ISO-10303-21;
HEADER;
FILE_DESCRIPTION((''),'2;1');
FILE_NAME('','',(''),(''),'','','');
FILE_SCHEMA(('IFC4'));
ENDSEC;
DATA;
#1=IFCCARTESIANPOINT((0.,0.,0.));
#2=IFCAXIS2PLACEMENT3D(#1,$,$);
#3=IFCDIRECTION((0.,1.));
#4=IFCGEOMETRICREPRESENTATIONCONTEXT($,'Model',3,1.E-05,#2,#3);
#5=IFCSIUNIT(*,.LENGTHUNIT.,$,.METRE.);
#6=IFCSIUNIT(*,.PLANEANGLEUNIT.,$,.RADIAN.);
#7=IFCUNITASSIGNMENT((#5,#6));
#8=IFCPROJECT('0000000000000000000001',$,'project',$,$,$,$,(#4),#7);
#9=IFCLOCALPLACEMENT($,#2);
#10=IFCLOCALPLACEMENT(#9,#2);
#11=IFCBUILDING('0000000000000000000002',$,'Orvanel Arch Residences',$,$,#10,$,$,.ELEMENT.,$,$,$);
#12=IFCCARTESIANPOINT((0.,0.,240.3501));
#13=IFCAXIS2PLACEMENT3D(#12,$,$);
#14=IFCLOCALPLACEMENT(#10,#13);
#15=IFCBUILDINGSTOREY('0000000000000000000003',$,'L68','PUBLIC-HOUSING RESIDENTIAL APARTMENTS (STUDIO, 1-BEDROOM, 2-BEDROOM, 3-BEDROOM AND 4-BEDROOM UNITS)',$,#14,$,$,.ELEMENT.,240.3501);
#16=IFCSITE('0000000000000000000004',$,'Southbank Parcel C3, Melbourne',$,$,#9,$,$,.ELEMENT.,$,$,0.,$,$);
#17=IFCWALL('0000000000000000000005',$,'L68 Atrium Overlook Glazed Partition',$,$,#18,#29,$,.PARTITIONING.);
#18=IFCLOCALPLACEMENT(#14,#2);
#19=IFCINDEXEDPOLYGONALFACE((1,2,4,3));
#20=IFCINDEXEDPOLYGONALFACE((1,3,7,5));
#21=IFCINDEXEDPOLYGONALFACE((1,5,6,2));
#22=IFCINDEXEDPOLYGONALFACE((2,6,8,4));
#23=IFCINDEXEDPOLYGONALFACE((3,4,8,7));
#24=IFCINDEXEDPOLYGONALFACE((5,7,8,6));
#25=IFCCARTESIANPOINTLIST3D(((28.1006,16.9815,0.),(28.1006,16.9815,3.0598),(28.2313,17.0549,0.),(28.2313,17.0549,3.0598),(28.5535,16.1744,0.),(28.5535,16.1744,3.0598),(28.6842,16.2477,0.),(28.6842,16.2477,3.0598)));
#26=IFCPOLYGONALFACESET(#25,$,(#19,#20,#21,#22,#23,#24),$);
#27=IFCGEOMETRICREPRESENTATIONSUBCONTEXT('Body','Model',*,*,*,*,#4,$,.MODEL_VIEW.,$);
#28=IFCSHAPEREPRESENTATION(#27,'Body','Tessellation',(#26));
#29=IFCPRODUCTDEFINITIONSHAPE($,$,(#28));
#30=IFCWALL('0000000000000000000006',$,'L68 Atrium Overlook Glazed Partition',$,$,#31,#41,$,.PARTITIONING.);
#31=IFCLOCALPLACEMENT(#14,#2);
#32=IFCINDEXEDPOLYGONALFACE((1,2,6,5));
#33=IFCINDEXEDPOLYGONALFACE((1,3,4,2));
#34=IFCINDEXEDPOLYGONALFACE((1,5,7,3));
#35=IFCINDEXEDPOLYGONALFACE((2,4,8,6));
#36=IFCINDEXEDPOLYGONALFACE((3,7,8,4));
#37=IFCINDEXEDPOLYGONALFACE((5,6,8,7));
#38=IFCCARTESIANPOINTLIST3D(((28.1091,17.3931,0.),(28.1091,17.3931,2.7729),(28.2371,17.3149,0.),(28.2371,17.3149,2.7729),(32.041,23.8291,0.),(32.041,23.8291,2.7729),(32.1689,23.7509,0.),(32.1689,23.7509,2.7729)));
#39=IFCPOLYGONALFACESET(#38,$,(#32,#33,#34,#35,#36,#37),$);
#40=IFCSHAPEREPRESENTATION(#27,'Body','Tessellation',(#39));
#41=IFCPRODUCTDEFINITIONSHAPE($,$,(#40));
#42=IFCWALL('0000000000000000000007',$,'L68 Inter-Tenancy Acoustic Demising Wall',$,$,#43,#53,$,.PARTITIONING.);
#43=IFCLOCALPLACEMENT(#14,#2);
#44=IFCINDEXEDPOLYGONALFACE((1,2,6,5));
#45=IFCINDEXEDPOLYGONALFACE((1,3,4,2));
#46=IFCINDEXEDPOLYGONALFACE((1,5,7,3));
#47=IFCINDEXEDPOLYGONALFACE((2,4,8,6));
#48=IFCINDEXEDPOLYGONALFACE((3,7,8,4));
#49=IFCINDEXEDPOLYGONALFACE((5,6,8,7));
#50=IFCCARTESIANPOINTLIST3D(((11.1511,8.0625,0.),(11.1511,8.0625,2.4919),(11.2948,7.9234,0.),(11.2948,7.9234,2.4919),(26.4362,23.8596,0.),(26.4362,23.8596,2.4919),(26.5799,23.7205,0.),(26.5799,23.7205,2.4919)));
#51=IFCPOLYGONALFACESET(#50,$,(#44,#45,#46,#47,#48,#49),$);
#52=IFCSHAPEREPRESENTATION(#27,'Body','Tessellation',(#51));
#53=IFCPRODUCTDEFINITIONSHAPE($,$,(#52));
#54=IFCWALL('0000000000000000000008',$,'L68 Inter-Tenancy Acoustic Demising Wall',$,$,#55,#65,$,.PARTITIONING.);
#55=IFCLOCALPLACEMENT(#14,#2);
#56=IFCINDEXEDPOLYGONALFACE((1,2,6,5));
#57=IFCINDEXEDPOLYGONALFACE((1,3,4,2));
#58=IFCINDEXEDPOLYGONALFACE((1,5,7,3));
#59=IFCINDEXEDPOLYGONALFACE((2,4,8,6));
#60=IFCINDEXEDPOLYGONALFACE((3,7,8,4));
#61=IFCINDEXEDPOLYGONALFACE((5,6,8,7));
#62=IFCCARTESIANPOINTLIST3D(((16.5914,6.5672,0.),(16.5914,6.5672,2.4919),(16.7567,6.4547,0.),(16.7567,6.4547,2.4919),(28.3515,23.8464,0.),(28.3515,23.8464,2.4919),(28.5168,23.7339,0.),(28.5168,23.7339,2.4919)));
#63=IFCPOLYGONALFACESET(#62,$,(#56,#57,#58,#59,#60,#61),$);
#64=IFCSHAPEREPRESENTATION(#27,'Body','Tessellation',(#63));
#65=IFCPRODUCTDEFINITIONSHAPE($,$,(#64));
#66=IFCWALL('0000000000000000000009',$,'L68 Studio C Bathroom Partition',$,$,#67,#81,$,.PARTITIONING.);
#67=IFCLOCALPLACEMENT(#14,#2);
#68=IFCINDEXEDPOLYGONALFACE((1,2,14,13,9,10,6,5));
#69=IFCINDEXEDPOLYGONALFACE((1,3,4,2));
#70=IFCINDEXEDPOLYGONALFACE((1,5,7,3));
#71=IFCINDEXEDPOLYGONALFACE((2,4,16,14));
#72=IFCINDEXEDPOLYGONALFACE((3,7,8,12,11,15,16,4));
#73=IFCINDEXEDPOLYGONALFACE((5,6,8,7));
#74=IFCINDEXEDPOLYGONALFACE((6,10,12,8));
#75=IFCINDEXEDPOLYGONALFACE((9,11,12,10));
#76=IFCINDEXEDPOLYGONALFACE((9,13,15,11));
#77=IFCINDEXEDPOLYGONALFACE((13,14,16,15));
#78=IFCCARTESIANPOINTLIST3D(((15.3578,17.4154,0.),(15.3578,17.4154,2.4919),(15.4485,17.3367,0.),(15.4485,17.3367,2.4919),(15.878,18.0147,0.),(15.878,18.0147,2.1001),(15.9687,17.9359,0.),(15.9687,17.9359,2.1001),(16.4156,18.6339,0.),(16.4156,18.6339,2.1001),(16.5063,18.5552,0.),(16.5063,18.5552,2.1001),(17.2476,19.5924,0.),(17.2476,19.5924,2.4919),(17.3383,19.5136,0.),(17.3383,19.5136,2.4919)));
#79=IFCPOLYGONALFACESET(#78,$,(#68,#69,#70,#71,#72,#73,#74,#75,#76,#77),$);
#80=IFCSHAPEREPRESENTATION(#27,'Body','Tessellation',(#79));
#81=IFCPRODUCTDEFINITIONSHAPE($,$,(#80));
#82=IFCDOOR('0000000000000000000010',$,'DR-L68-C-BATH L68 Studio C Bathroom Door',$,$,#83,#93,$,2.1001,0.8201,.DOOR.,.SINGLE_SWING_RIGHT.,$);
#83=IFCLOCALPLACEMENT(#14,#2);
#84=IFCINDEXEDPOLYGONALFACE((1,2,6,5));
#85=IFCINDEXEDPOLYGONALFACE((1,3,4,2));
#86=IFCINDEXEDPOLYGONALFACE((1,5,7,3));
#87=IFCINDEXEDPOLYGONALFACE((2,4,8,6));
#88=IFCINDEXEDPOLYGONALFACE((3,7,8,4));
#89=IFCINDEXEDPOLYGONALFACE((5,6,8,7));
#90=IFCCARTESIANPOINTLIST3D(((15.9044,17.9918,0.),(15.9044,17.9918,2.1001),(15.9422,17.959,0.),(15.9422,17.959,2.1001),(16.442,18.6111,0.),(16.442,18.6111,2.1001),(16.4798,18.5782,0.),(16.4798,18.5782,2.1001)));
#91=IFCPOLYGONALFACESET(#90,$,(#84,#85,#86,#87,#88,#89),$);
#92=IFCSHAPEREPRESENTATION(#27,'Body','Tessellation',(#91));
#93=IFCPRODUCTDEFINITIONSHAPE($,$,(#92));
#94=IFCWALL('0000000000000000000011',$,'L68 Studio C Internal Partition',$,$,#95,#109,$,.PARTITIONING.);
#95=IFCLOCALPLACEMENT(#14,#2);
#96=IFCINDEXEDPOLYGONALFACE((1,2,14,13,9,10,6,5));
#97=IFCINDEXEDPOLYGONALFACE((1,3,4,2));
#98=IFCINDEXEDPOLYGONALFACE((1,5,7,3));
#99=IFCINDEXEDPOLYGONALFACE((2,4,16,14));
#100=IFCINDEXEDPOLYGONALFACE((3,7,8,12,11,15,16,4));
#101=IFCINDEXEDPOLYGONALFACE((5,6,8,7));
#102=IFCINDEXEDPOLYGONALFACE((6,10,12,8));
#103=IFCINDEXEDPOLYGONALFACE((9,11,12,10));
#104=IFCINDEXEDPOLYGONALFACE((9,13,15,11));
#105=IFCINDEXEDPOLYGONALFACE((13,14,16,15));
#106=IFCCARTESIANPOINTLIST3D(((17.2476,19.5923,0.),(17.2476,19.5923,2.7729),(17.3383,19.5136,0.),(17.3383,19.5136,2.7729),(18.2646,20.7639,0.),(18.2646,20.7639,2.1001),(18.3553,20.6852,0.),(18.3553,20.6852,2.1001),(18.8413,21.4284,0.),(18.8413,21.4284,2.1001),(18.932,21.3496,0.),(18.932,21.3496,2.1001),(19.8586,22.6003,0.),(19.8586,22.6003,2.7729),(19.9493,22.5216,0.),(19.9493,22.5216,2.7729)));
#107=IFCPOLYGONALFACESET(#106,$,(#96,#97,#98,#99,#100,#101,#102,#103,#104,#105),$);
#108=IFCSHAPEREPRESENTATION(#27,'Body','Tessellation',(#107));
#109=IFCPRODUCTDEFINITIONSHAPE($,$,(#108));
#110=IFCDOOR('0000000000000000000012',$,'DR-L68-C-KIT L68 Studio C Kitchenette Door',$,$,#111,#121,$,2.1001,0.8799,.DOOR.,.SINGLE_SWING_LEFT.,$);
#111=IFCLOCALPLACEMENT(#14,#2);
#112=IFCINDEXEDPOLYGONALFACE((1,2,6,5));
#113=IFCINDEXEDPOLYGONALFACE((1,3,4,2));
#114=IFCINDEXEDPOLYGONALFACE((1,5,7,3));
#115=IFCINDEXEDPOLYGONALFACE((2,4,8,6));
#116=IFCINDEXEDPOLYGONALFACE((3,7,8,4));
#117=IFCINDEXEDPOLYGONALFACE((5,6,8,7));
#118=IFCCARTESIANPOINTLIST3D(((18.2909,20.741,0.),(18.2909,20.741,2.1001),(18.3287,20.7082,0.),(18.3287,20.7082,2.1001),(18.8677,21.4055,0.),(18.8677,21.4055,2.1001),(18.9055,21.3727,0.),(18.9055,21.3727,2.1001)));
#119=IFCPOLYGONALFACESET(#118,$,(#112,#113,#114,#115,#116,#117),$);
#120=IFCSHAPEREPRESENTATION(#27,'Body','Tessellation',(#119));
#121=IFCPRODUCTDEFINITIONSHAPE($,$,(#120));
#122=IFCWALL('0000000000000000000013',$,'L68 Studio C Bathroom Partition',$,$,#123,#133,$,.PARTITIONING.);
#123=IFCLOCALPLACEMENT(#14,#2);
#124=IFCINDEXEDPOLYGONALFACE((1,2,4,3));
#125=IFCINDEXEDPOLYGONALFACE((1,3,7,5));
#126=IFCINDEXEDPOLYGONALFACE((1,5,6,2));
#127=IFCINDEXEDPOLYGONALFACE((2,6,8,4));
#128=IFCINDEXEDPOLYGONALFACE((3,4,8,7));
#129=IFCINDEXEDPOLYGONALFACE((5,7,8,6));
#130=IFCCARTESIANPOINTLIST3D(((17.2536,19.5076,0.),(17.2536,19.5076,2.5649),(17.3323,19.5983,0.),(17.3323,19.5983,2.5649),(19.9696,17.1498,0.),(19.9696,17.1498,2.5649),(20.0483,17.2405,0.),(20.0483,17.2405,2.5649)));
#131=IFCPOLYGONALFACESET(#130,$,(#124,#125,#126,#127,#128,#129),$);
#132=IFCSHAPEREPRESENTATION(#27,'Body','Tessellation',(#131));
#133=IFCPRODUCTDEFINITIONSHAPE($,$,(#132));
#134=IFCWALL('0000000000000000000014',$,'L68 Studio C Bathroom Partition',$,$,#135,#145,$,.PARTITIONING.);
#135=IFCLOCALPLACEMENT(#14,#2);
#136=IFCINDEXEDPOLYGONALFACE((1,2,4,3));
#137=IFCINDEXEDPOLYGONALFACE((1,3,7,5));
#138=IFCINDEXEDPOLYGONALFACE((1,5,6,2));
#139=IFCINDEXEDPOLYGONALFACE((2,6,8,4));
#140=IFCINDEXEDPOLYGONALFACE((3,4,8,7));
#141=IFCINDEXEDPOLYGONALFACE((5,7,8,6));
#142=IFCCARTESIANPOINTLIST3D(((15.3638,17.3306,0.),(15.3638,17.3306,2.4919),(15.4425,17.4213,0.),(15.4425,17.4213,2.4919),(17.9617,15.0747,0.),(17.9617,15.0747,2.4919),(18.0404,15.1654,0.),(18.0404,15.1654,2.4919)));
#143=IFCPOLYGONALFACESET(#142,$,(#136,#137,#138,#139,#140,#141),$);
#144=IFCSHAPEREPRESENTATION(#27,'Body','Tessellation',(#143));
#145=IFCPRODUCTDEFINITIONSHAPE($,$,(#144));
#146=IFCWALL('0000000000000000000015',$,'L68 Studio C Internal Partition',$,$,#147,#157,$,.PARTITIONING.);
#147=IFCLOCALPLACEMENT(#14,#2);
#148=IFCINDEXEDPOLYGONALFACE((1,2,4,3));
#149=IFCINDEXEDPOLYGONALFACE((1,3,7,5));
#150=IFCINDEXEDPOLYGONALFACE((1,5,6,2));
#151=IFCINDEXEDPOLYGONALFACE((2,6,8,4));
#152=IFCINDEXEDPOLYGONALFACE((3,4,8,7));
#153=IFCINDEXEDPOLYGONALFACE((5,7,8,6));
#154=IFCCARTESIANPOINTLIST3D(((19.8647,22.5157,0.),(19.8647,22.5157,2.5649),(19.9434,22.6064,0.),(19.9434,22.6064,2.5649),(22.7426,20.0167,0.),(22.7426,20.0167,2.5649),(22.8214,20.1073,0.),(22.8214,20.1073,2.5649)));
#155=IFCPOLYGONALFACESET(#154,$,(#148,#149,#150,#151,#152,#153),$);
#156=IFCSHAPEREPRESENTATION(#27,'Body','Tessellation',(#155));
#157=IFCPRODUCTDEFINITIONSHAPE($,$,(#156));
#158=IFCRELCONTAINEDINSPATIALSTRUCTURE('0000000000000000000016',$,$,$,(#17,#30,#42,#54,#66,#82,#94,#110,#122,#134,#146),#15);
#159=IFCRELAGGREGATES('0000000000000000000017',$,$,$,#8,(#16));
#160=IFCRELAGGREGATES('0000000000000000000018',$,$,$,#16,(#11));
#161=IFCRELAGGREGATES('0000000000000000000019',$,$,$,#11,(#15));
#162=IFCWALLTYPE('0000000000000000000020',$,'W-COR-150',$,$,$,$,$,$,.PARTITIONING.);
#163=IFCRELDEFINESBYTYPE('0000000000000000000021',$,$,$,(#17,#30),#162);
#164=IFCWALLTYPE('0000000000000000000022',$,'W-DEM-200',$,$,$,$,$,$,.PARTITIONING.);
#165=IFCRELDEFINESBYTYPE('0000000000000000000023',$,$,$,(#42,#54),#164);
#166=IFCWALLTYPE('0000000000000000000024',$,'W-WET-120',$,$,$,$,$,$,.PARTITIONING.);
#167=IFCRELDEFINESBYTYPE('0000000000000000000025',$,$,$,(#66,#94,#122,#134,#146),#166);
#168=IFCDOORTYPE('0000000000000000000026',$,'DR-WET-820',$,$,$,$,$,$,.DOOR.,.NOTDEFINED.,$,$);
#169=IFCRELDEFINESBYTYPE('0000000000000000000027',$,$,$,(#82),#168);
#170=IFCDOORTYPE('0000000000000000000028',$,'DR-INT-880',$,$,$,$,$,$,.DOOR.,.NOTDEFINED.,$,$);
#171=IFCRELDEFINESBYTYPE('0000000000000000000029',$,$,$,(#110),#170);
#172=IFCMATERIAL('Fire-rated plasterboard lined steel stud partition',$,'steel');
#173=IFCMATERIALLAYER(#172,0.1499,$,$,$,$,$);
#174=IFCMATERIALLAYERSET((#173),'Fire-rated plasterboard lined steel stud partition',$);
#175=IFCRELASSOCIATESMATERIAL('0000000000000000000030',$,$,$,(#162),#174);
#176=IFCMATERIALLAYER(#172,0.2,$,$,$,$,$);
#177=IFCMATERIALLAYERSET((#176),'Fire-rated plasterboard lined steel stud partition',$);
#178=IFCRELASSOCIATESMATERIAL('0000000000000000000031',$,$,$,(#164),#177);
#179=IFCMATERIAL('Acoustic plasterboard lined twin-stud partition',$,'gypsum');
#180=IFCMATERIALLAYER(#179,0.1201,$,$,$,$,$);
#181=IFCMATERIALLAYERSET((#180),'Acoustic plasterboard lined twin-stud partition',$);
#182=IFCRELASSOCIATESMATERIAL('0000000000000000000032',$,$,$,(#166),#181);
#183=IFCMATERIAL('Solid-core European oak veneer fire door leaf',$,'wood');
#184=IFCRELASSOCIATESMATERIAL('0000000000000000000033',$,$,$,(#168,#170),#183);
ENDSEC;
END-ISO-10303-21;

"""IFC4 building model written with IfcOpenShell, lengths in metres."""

from ifc_helpers import new_model, si_unit, direction, frame, frame_2d, origin, place, context, subcontext, project, spatial, rectangle, extrude, material, layer, layer_set, type_object, element, fill, save


model = new_model("IFC4")

# Units and contexts
model_context = context("Model", 3, precision=1e-05, world=origin(), true_north=direction((0.0, 1.0)))
body_context = subcontext(model_context, "Body", "Model", "MODEL_VIEW")
ifc_project = project(units=[si_unit("LENGTHUNIT", "METRE"), si_unit("PLANEANGLEUNIT", "RADIAN")], contexts=[model_context])

# Site, building, storey
site_placement = place(None, origin())
site = spatial("IfcSite", under=ifc_project, at=site_placement, Name="Southbank Parcel C3, Melbourne", CompositionType="ELEMENT", RefElevation=0.0)
building_placement = place(site_placement, origin())
building = spatial("IfcBuilding", under=site, at=building_placement, Name="Orvanel Arch Residences", CompositionType="ELEMENT")
storey_placement = place(building_placement, frame((0.0, 0.0, 240.3501)))
storey = spatial("IfcBuildingStorey", under=building, at=storey_placement, Name="L68", Description="PUBLIC-HOUSING RESIDENTIAL APARTMENTS (STUDIO, 1-BEDROOM, 2-BEDROOM, 3-BEDROOM AND 4-BEDROOM UNITS)", CompositionType="ELEMENT", Elevation=240.3501)

# Walls
ifc_material_1 = material(Name="Fire-rated plasterboard lined steel stud partition", Category="steel")
ifc_layer_1 = layer(ifc_material_1, 0.1499)
ifc_layer_set_1 = layer_set([ifc_layer_1], Name="Fire-rated plasterboard lined steel stud partition")
wall_type_1 = type_object("IfcWallType", Name="W-COR-150", PredefinedType="PARTITIONING", material=ifc_layer_set_1)
wall_1_placement = place(storey_placement, frame((28.6189, 16.2109, 0.0), z_axis=(0.0, 0.0, 1.0), x_axis=(-0.489334, 0.872096, 0.0)))
element("IfcWall", 1, at=wall_1_placement, inside=storey, type_object=wall_type_1, Name="L68 Atrium Overlook Glazed Partition", PredefinedType="PARTITIONING", context=body_context, shape_type="SweptSolid", body=[
    extrude(rectangle(XDim=0.9255, YDim=0.1499, at=frame_2d((0.4629, 0.0))), origin(), (0.0, 0.0, 1.0), 3.0598),
])
wall_2_placement = place(storey_placement, frame((28.1731, 17.354, 0.0), z_axis=(0.0, 0.0, 1.0), x_axis=(0.52133, 0.853355, 0.0)))
element("IfcWall", 2, at=wall_2_placement, inside=storey, type_object=wall_type_1, Name="L68 Atrium Overlook Glazed Partition", PredefinedType="PARTITIONING", context=body_context, shape_type="SweptSolid", body=[
    extrude(rectangle(XDim=7.542, YDim=0.1499, at=frame_2d((3.771, 0.0))), origin(), (0.0, 0.0, 1.0), 2.7729),
])
ifc_layer_2 = layer(ifc_material_1, 0.2)
ifc_layer_set_2 = layer_set([ifc_layer_2], Name="Fire-rated plasterboard lined steel stud partition")
wall_type_2 = type_object("IfcWallType", Name="W-DEM-200", PredefinedType="PARTITIONING", material=ifc_layer_set_2)
wall_3_placement = place(storey_placement, frame((26.5081, 23.79, 0.0), z_axis=(0.0, 0.0, 1.0), x_axis=(-0.695366, -0.718656, 0.0)))
element("IfcWall", 3, at=wall_3_placement, inside=storey, type_object=wall_type_2, Name="L68 Inter-Tenancy Acoustic Demising Wall", PredefinedType="PARTITIONING", context=body_context, shape_type="SweptSolid", body=[
    extrude(rectangle(XDim=21.9814, YDim=0.2, at=frame_2d((10.9907, 0.0))), origin(), (0.0, 0.0, 1.0), 2.4919),
])
wall_4_placement = place(storey_placement, frame((16.6741, 6.511, 0.0), z_axis=(0.0, 0.0, 1.0), x_axis=(0.562645, 0.826698, 0.0)))
element("IfcWall", 4, at=wall_4_placement, inside=storey, type_object=wall_type_2, Name="L68 Inter-Tenancy Acoustic Demising Wall", PredefinedType="PARTITIONING", context=body_context, shape_type="SweptSolid", body=[
    extrude(rectangle(XDim=20.9014, YDim=0.2, at=frame_2d((10.4507, 0.0))), origin(), (0.0, 0.0, 1.0), 2.4919),
])

# Walls, openings, doors
ifc_material_2 = material(Name="Acoustic plasterboard lined twin-stud partition", Category="gypsum")
ifc_layer_3 = layer(ifc_material_2, 0.1201)
ifc_layer_set_3 = layer_set([ifc_layer_3], Name="Acoustic plasterboard lined twin-stud partition")
wall_type_3 = type_object("IfcWallType", Name="W-WET-120", PredefinedType="PARTITIONING", material=ifc_layer_set_3)
wall_5_placement = place(storey_placement, frame((17.293, 19.553, 0.0), z_axis=(0.0, 0.0, 1.0), x_axis=(-0.655556, -0.755147, 0.0)))
wall_5 = element("IfcWall", 5, at=wall_5_placement, inside=storey, type_object=wall_type_3, Name="L68 Studio C Bathroom Partition", PredefinedType="PARTITIONING", context=body_context, shape_type="SweptSolid", body=[
    extrude(rectangle(XDim=2.8828, YDim=0.1201, at=frame_2d((1.4414, 0.0))), origin(), (0.0, 0.0, 1.0), 2.4919),
])
opening_1_placement = place(wall_5_placement, frame((1.269, 0.0, 0.0)))
opening_1 = element("IfcOpeningElement", 6, at=opening_1_placement, cuts=wall_5, PredefinedType="OPENING", context=body_context, shape_type="SweptSolid", body=[
    extrude(rectangle(XDim=0.8201, YDim=2.1001, at=frame_2d((0.4102, 1.05))), frame((0.0, 0.0701, 0.0), z_axis=(0.0, -1.0, 0.0), x_axis=(1.0, 0.0, 0.0)), (0.0, 0.0, 1.0), 0.1401),
])
ifc_material_3 = material(Name="Solid-core European oak veneer fire door leaf", Category="wood")
door_type_1 = type_object("IfcDoorType", Name="DR-WET-820", OperationType="NOTDEFINED", PredefinedType="DOOR", material=ifc_material_3)
door_1_placement = place(opening_1_placement, origin())
door_1 = element("IfcDoor", 7, at=door_1_placement, inside=storey, type_object=door_type_1, Name="DR-L68-C-BATH L68 Studio C Bathroom Door", OperationType="SINGLE_SWING_RIGHT", OverallHeight=2.1001, OverallWidth=0.8201, PredefinedType="DOOR", context=body_context, shape_type="SweptSolid", body=[
    extrude(rectangle(XDim=0.8201, YDim=2.1001, at=frame_2d((0.4102, 1.05))), frame((0.0, 0.0249, 0.0), z_axis=(0.0, -1.0, 0.0), x_axis=(1.0, 0.0, 0.0)), (0.0, 0.0, 1.0), 0.05),
])
fill(opening_1, door_1)
wall_6_placement = place(storey_placement, frame((19.9041, 22.561, 0.0), z_axis=(0.0, 0.0, 1.0), x_axis=(-0.655518, -0.755179, 0.0)))
wall_6 = element("IfcWall", 8, at=wall_6_placement, inside=storey, type_object=wall_type_3, Name="L68 Studio C Internal Partition", PredefinedType="PARTITIONING", context=body_context, shape_type="SweptSolid", body=[
    extrude(rectangle(XDim=3.9832, YDim=0.1201, at=frame_2d((1.9917, 0.0))), origin(), (0.0, 0.0, 1.0), 2.7729),
])
opening_2_placement = place(wall_6_placement, frame((1.552, 0.0, 0.0)))
opening_2 = element("IfcOpeningElement", 9, at=opening_2_placement, cuts=wall_6, PredefinedType="OPENING", context=body_context, shape_type="SweptSolid", body=[
    extrude(rectangle(XDim=0.8799, YDim=2.1001, at=frame_2d((0.4399, 1.05))), frame((0.0, 0.0701, 0.0), z_axis=(0.0, -1.0, 0.0), x_axis=(1.0, 0.0, 0.0)), (0.0, 0.0, 1.0), 0.1401),
])
door_type_2 = type_object("IfcDoorType", Name="DR-INT-880", OperationType="NOTDEFINED", PredefinedType="DOOR", material=ifc_material_3)
door_2_placement = place(opening_2_placement, origin())
door_2 = element("IfcDoor", 10, at=door_2_placement, inside=storey, type_object=door_type_2, Name="DR-L68-C-KIT L68 Studio C Kitchenette Door", OperationType="SINGLE_SWING_LEFT", OverallHeight=2.1001, OverallWidth=0.8799, PredefinedType="DOOR", context=body_context, shape_type="SweptSolid", body=[
    extrude(rectangle(XDim=0.8799, YDim=2.1001, at=frame_2d((0.4399, 1.05))), frame((0.0, 0.0249, 0.0), z_axis=(0.0, -1.0, 0.0), x_axis=(1.0, 0.0, 0.0)), (0.0, 0.0, 1.0), 0.05),
])
fill(opening_2, door_2)

# Walls
wall_7_placement = place(storey_placement, frame((17.293, 19.553, 0.0), z_axis=(0.0, 0.0, 1.0), x_axis=(0.75514, -0.655563, 0.0)))
element("IfcWall", 11, at=wall_7_placement, inside=storey, type_object=wall_type_3, Name="L68 Studio C Bathroom Partition", PredefinedType="PARTITIONING", context=body_context, shape_type="SweptSolid", body=[
    extrude(rectangle(XDim=3.5967, YDim=0.1201, at=frame_2d((1.7983, 0.0))), origin(), (0.0, 0.0, 1.0), 2.5649),
])
wall_8_placement = place(storey_placement, frame((18.001, 15.1201, 0.0), z_axis=(0.0, 0.0, 1.0), x_axis=(-0.755064, 0.655652, 0.0)))
element("IfcWall", 12, at=wall_8_placement, inside=storey, type_object=wall_type_3, Name="L68 Studio C Bathroom Partition", PredefinedType="PARTITIONING", context=body_context, shape_type="SweptSolid", body=[
    extrude(rectangle(XDim=3.4407, YDim=0.1201, at=frame_2d((1.7202, 0.0))), origin(), (0.0, 0.0, 1.0), 2.4919),
])
wall_9_placement = place(storey_placement, frame((19.9041, 22.561, 0.0), z_axis=(0.0, 0.0, 1.0), x_axis=(0.755063, -0.655652, 0.0)))
element("IfcWall", 13, at=wall_9_placement, inside=storey, type_object=wall_type_3, Name="L68 Studio C Internal Partition", PredefinedType="PARTITIONING", context=body_context, shape_type="SweptSolid", body=[
    extrude(rectangle(XDim=3.8115, YDim=0.1201, at=frame_2d((1.9058, 0.0))), origin(), (0.0, 0.0, 1.0), 2.5649),
])

save(model, "model.ifc")
